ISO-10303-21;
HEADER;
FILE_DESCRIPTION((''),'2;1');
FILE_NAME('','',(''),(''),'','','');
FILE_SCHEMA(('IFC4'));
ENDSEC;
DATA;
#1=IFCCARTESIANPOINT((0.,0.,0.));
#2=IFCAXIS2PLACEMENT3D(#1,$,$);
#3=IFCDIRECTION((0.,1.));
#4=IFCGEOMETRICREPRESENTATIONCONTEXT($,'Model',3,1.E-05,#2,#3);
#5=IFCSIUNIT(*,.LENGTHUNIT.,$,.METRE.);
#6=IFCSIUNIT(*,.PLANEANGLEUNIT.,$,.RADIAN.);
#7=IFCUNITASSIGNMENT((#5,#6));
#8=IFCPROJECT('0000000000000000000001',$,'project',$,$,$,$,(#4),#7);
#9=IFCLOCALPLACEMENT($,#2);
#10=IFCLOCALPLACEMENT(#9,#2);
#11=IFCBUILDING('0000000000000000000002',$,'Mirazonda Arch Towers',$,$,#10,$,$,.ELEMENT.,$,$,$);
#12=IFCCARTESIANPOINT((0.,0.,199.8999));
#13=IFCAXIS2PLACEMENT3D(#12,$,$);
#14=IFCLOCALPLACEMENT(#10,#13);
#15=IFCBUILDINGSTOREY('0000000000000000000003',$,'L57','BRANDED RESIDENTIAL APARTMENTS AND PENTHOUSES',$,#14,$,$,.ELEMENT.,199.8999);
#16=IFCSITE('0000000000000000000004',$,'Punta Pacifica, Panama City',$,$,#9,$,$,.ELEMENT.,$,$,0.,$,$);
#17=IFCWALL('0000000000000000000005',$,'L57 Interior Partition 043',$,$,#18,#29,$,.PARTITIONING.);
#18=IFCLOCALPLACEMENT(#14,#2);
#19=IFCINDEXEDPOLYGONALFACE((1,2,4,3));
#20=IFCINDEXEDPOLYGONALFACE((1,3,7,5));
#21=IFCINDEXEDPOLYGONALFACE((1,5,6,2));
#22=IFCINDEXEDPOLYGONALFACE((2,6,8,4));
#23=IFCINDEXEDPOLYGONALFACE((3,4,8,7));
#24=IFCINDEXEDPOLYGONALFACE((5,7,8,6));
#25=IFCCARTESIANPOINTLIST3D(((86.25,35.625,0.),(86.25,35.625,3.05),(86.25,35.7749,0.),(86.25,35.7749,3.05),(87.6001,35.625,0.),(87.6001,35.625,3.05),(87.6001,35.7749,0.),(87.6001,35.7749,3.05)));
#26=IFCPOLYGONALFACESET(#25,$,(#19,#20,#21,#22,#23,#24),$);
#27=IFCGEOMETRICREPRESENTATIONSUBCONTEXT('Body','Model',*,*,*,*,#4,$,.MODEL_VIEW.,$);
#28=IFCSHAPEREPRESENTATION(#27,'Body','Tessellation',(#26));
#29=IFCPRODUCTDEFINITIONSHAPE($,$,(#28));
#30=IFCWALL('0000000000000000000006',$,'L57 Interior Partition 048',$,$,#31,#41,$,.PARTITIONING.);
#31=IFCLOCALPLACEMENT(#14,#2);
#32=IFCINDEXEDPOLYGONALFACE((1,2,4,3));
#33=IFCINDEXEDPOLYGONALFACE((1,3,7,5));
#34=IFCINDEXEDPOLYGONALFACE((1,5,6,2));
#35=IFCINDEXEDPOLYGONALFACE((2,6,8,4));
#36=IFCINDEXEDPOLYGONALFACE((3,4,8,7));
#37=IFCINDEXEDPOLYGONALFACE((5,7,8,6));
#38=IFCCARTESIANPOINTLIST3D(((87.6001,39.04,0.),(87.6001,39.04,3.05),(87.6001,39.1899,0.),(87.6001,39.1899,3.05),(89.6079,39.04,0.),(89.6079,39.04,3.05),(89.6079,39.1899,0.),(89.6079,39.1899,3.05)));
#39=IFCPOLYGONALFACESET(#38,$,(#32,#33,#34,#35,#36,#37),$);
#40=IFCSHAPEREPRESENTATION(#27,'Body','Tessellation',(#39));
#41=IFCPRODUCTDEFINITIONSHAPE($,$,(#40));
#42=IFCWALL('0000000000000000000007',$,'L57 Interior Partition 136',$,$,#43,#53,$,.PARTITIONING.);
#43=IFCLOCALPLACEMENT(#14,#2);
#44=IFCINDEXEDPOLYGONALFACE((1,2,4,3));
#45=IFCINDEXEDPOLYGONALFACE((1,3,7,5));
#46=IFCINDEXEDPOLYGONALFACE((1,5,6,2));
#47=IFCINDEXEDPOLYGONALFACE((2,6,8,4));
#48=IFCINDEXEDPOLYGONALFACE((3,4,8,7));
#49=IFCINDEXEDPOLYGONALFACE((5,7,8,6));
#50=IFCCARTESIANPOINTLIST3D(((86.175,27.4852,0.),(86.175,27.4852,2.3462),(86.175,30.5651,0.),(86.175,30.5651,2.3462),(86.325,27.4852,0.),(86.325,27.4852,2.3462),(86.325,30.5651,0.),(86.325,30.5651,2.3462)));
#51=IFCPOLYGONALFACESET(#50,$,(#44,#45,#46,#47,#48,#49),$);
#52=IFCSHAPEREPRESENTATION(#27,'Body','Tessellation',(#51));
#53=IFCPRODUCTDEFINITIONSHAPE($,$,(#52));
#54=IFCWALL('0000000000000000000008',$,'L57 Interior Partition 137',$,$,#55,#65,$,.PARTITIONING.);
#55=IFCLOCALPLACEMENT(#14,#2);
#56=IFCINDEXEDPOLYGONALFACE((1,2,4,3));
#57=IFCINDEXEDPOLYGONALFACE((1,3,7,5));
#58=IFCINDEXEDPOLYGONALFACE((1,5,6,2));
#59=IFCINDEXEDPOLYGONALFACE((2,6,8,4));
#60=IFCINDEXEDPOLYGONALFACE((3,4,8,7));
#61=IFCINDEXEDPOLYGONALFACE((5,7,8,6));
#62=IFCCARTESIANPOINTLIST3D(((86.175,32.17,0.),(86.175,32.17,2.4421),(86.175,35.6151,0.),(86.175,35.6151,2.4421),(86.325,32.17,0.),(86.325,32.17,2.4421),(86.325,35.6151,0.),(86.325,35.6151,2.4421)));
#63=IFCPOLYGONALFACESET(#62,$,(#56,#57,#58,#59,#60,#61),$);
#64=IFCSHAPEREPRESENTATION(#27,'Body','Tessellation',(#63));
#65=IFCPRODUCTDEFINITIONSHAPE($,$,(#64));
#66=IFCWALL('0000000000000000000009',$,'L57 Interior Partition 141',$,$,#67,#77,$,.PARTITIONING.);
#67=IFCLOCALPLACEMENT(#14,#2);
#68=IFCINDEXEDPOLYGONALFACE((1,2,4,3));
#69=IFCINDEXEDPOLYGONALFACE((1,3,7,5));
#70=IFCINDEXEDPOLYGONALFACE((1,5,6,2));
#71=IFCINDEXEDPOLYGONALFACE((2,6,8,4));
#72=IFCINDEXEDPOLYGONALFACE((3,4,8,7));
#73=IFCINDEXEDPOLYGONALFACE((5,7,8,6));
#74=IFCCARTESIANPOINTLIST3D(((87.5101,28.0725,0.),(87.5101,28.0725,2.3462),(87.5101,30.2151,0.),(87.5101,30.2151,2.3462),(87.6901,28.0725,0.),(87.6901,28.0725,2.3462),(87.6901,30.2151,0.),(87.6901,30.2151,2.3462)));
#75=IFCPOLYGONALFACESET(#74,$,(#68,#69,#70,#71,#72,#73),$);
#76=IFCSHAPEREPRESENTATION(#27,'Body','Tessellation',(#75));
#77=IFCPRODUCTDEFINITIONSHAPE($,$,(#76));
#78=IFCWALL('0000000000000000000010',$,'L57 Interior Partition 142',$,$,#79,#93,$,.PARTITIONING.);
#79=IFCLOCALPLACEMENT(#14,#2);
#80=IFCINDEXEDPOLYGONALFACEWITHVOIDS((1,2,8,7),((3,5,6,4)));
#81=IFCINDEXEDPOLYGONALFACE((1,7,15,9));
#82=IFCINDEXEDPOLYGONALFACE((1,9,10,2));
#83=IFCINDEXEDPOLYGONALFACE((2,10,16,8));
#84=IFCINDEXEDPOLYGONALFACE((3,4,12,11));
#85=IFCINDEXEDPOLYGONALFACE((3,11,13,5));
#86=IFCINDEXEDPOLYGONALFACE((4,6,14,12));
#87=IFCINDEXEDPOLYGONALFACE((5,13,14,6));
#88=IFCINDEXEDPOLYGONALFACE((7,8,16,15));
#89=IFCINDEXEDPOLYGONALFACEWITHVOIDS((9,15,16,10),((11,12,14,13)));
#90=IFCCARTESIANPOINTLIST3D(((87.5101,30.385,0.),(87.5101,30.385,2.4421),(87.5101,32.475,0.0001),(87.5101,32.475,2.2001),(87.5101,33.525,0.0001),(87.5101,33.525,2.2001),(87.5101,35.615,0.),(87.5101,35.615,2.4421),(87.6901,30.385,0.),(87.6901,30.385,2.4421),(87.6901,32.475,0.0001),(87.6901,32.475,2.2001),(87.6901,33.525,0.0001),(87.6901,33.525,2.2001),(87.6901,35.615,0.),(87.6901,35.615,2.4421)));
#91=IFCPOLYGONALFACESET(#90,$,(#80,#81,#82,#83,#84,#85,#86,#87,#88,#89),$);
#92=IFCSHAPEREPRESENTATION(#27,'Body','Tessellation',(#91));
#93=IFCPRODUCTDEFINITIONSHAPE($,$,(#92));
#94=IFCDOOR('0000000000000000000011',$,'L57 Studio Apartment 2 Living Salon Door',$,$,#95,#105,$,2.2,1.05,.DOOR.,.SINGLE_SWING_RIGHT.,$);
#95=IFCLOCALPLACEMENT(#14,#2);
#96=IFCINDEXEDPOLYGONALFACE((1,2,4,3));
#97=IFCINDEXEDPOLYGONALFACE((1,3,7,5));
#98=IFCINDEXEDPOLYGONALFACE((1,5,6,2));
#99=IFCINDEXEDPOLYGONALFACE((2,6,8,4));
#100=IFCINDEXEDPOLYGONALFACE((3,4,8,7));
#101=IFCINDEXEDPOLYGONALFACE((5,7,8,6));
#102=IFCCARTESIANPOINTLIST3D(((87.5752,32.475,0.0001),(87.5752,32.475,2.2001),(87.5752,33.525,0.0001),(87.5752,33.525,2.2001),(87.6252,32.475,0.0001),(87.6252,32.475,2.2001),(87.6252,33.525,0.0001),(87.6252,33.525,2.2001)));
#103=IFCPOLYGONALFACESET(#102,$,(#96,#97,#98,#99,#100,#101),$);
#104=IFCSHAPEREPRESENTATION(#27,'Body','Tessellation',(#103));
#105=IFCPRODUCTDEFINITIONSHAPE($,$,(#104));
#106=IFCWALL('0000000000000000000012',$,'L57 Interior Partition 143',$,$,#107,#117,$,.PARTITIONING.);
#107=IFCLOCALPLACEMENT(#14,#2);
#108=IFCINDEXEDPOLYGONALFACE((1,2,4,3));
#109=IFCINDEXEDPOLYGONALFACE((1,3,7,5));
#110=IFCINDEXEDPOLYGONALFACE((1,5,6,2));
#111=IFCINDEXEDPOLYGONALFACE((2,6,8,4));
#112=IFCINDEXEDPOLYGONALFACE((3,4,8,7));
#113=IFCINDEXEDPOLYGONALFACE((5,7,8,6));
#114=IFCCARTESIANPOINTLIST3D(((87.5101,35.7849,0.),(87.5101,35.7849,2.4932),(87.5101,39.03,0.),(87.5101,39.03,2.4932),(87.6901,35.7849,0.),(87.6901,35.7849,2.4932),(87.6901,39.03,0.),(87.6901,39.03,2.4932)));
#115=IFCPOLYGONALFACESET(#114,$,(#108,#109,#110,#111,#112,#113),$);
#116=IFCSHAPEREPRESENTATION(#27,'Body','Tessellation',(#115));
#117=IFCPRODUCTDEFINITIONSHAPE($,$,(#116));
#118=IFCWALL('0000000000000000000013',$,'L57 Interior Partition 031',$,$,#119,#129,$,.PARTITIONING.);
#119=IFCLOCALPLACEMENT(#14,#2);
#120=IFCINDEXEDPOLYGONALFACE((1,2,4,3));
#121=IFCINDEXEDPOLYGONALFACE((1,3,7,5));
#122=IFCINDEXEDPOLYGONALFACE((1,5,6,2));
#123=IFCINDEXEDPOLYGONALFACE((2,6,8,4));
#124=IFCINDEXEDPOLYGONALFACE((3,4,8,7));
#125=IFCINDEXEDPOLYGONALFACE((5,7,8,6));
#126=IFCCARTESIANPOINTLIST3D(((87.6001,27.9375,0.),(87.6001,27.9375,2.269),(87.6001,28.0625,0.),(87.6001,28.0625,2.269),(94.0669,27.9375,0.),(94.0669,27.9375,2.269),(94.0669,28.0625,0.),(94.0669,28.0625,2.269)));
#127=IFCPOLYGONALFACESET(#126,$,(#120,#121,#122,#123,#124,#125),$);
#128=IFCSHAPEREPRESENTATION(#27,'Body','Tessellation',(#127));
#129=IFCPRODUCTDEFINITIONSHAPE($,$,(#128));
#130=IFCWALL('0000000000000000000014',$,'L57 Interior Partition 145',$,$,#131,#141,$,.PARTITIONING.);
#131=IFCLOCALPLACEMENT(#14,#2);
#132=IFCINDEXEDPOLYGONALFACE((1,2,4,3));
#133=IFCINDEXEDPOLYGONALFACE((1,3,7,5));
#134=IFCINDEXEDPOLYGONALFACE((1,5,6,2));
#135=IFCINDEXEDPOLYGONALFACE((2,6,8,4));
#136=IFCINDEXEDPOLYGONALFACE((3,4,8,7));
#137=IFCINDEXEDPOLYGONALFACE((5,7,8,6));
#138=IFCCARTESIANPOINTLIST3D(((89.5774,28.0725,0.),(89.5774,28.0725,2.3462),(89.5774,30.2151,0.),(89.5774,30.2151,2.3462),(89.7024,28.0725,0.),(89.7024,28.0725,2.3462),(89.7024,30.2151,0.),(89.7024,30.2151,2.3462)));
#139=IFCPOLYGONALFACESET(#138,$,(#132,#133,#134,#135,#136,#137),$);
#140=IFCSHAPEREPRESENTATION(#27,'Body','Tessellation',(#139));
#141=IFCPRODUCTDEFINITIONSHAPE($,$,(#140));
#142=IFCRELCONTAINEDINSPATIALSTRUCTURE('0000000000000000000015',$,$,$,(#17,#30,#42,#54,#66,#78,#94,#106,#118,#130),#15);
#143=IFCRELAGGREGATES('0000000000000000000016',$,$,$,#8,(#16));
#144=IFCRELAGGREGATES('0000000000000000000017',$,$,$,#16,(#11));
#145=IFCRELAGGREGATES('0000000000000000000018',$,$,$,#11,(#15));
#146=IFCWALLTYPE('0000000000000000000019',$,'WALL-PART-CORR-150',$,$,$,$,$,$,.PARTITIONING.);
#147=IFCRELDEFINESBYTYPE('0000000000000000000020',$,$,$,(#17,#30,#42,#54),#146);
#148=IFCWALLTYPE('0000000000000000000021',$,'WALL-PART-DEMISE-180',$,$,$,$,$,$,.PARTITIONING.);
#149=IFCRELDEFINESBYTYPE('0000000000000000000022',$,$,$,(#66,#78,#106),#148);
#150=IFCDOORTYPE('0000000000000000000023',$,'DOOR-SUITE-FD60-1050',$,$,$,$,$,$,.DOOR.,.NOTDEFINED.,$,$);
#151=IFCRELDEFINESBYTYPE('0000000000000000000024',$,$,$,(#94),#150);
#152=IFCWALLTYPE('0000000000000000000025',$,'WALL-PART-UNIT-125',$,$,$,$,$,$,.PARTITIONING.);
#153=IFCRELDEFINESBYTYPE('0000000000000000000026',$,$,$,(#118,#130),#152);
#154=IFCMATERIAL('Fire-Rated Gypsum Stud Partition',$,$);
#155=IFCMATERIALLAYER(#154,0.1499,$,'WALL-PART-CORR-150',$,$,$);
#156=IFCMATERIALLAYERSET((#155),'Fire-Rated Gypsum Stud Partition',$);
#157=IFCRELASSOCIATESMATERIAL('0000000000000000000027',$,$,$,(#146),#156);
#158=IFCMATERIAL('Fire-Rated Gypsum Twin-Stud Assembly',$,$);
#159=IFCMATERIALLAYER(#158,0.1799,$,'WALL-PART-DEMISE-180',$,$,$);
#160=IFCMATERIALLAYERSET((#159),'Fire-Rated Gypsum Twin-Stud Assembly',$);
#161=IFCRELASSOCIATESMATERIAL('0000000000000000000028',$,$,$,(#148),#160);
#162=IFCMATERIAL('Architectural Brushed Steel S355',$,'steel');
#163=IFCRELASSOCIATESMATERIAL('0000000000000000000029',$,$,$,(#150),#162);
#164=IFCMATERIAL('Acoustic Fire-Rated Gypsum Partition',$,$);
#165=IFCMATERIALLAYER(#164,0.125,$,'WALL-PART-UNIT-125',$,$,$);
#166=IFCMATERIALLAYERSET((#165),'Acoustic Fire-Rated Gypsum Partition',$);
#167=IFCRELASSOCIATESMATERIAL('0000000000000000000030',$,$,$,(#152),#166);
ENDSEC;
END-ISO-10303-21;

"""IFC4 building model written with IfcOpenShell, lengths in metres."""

from ifc_helpers import new_model, si_unit, direction, frame, frame_2d, origin, place, context, subcontext, project, spatial, rectangle, extrude, material, layer, layer_set, type_object, element, fill, save


model = new_model("IFC4")

# Units and contexts
model_context = context("Model", 3, precision=1e-05, world=origin(), true_north=direction((0.0, 1.0)))
body_context = subcontext(model_context, "Body", "Model", "MODEL_VIEW")
ifc_project = project(units=[si_unit("LENGTHUNIT", "METRE"), si_unit("PLANEANGLEUNIT", "RADIAN")], contexts=[model_context])

# Site, building, storey
site_placement = place(None, origin())
site = spatial("IfcSite", under=ifc_project, at=site_placement, Name="Punta Pacifica, Panama City", CompositionType="ELEMENT", RefElevation=0.0)
building_placement = place(site_placement, origin())
building = spatial("IfcBuilding", under=site, at=building_placement, Name="Mirazonda Arch Towers", CompositionType="ELEMENT")
storey_placement = place(building_placement, frame((0.0, 0.0, 199.8999)))
storey = spatial("IfcBuildingStorey", under=building, at=storey_placement, Name="L57", Description="BRANDED RESIDENTIAL APARTMENTS AND PENTHOUSES", CompositionType="ELEMENT", Elevation=199.8999)

# Shared definitions
ifc_material_1 = material(Name="Fire-Rated Gypsum Stud Partition")
ifc_layer_1 = layer(ifc_material_1, 0.1499, Name="WALL-PART-CORR-150")
ifc_layer_set_1 = layer_set([ifc_layer_1], Name="Fire-Rated Gypsum Stud Partition")
wall_type_1 = type_object("IfcWallType", Name="WALL-PART-CORR-150", PredefinedType="PARTITIONING", material=ifc_layer_set_1)
ifc_material_2 = material(Name="Architectural Brushed Steel S355", Category="steel")

# Walls
wall_1_placement = place(storey_placement, frame((86.25, 35.7, 0.0), z_axis=(0.0, 0.0, 1.0), x_axis=(1.0, 0.0, 0.0)))
element("IfcWall", 1, at=wall_1_placement, inside=storey, type_object=wall_type_1, Name="L57 Interior Partition 043", PredefinedType="PARTITIONING", context=body_context, shape_type="SweptSolid", body=[
    extrude(rectangle(XDim=1.3501, YDim=0.1499, at=frame_2d((0.675, 0.0))), origin(), (0.0, 0.0, 1.0), 3.05),
])
wall_2_placement = place(storey_placement, frame((87.6001, 39.115, 0.0), z_axis=(0.0, 0.0, 1.0), x_axis=(1.0, 0.0, 0.0)))
element("IfcWall", 2, at=wall_2_placement, inside=storey, type_object=wall_type_1, Name="L57 Interior Partition 048", PredefinedType="PARTITIONING", context=body_context, shape_type="SweptSolid", body=[
    extrude(rectangle(XDim=2.0078, YDim=0.1499, at=frame_2d((1.0039, 0.0))), origin(), (0.0, 0.0, 1.0), 3.05),
])
wall_3_placement = place(storey_placement, frame((86.25, 27.4851, 0.0), z_axis=(0.0, 0.0, 1.0), x_axis=(0.0, 1.0, 0.0)))
element("IfcWall", 3, at=wall_3_placement, inside=storey, type_object=wall_type_1, Name="L57 Interior Partition 136", PredefinedType="PARTITIONING", context=body_context, shape_type="SweptSolid", body=[
    extrude(rectangle(XDim=3.0798, YDim=0.1499, at=frame_2d((1.54, 0.0))), origin(), (0.0, 0.0, 1.0), 2.3462),
])
wall_4_placement = place(storey_placement, frame((86.25, 32.1699, 0.0), z_axis=(0.0, 0.0, 1.0), x_axis=(0.0, 1.0, 0.0)))
element("IfcWall", 4, at=wall_4_placement, inside=storey, type_object=wall_type_1, Name="L57 Interior Partition 137", PredefinedType="PARTITIONING", context=body_context, shape_type="SweptSolid", body=[
    extrude(rectangle(XDim=3.4451, YDim=0.1499, at=frame_2d((1.7227, 0.0))), origin(), (0.0, 0.0, 1.0), 2.4421),
])
ifc_material_3 = material(Name="Fire-Rated Gypsum Twin-Stud Assembly")
ifc_layer_2 = layer(ifc_material_3, 0.1799, Name="WALL-PART-DEMISE-180")
ifc_layer_set_2 = layer_set([ifc_layer_2], Name="Fire-Rated Gypsum Twin-Stud Assembly")
wall_type_2 = type_object("IfcWallType", Name="WALL-PART-DEMISE-180", PredefinedType="PARTITIONING", material=ifc_layer_set_2)
wall_5_placement = place(storey_placement, frame((87.6001, 28.0725, 0.0), z_axis=(0.0, 0.0, 1.0), x_axis=(0.0, 1.0, 0.0)))
element("IfcWall", 5, at=wall_5_placement, inside=storey, type_object=wall_type_2, Name="L57 Interior Partition 141", PredefinedType="PARTITIONING", context=body_context, shape_type="SweptSolid", body=[
    extrude(rectangle(XDim=2.1426, YDim=0.1799, at=frame_2d((1.0713, 0.0))), origin(), (0.0, 0.0, 1.0), 2.3462),
])

# Wall, opening, door
wall_6_placement = place(storey_placement, frame((87.6001, 30.385, 0.0), z_axis=(0.0, 0.0, 1.0), x_axis=(0.0, 1.0, 0.0)))
wall_6 = element("IfcWall", 6, at=wall_6_placement, inside=storey, type_object=wall_type_2, Name="L57 Interior Partition 142", PredefinedType="PARTITIONING", context=body_context, shape_type="SweptSolid", body=[
    extrude(rectangle(XDim=5.23, YDim=0.1799, at=frame_2d((2.615, 0.0))), origin(), (0.0, 0.0, 1.0), 2.4421),
])
opening_1_placement = place(wall_6_placement, frame((2.0901, 0.0, 0.0)))
opening_1 = element("IfcOpeningElement", 7, at=opening_1_placement, cuts=wall_6, PredefinedType="OPENING", context=body_context, shape_type="SweptSolid", body=[
    extrude(rectangle(XDim=1.05, YDim=2.2, at=frame_2d((0.5249, 1.1001))), frame((0.0, 0.0999, 0.0), z_axis=(0.0, -1.0, 0.0), x_axis=(1.0, 0.0, 0.0)), (0.0, 0.0, 1.0), 0.2),
])
door_type_1 = type_object("IfcDoorType", Name="DOOR-SUITE-FD60-1050", OperationType="NOTDEFINED", PredefinedType="DOOR", material=ifc_material_2)
door_1_placement = place(opening_1_placement, origin())
door_1 = element("IfcDoor", 8, at=door_1_placement, inside=storey, type_object=door_type_1, Name="L57 Studio Apartment 2 Living Salon Door", OperationType="SINGLE_SWING_RIGHT", OverallHeight=2.2, OverallWidth=1.05, PredefinedType="DOOR", context=body_context, shape_type="SweptSolid", body=[
    extrude(rectangle(XDim=1.05, YDim=2.2, at=frame_2d((0.5249, 1.1001))), frame((0.0, 0.0249, 0.0), z_axis=(0.0, -1.0, 0.0), x_axis=(1.0, 0.0, 0.0)), (0.0, 0.0, 1.0), 0.05),
])
fill(opening_1, door_1)

# Walls
wall_7_placement = place(storey_placement, frame((87.6001, 35.7849, 0.0), z_axis=(0.0, 0.0, 1.0), x_axis=(0.0, 1.0, 0.0)))
element("IfcWall", 9, at=wall_7_placement, inside=storey, type_object=wall_type_2, Name="L57 Interior Partition 143", PredefinedType="PARTITIONING", context=body_context, shape_type="SweptSolid", body=[
    extrude(rectangle(XDim=3.2451, YDim=0.1799, at=frame_2d((1.6226, 0.0))), origin(), (0.0, 0.0, 1.0), 2.4932),
])
ifc_material_4 = material(Name="Acoustic Fire-Rated Gypsum Partition")
ifc_layer_3 = layer(ifc_material_4, 0.125, Name="WALL-PART-UNIT-125")
ifc_layer_set_3 = layer_set([ifc_layer_3], Name="Acoustic Fire-Rated Gypsum Partition")
wall_type_3 = type_object("IfcWallType", Name="WALL-PART-UNIT-125", PredefinedType="PARTITIONING", material=ifc_layer_set_3)
wall_8_placement = place(storey_placement, frame((87.6001, 28.0, 0.0), z_axis=(0.0, 0.0, 1.0), x_axis=(1.0, 0.0, 0.0)))
element("IfcWall", 10, at=wall_8_placement, inside=storey, type_object=wall_type_3, Name="L57 Interior Partition 031", PredefinedType="PARTITIONING", context=body_context, shape_type="SweptSolid", body=[
    extrude(rectangle(XDim=6.4668, YDim=0.125, at=frame_2d((3.2334, 0.0))), origin(), (0.0, 0.0, 1.0), 2.269),
])
wall_9_placement = place(storey_placement, frame((89.6399, 28.0725, 0.0), z_axis=(0.0, 0.0, 1.0), x_axis=(0.0, 1.0, 0.0)))
element("IfcWall", 11, at=wall_9_placement, inside=storey, type_object=wall_type_3, Name="L57 Interior Partition 145", PredefinedType="PARTITIONING", context=body_context, shape_type="SweptSolid", body=[
    extrude(rectangle(XDim=2.1426, YDim=0.125, at=frame_2d((1.0713, 0.0))), origin(), (0.0, 0.0, 1.0), 2.3462),
])

save(model, "model.ifc")
